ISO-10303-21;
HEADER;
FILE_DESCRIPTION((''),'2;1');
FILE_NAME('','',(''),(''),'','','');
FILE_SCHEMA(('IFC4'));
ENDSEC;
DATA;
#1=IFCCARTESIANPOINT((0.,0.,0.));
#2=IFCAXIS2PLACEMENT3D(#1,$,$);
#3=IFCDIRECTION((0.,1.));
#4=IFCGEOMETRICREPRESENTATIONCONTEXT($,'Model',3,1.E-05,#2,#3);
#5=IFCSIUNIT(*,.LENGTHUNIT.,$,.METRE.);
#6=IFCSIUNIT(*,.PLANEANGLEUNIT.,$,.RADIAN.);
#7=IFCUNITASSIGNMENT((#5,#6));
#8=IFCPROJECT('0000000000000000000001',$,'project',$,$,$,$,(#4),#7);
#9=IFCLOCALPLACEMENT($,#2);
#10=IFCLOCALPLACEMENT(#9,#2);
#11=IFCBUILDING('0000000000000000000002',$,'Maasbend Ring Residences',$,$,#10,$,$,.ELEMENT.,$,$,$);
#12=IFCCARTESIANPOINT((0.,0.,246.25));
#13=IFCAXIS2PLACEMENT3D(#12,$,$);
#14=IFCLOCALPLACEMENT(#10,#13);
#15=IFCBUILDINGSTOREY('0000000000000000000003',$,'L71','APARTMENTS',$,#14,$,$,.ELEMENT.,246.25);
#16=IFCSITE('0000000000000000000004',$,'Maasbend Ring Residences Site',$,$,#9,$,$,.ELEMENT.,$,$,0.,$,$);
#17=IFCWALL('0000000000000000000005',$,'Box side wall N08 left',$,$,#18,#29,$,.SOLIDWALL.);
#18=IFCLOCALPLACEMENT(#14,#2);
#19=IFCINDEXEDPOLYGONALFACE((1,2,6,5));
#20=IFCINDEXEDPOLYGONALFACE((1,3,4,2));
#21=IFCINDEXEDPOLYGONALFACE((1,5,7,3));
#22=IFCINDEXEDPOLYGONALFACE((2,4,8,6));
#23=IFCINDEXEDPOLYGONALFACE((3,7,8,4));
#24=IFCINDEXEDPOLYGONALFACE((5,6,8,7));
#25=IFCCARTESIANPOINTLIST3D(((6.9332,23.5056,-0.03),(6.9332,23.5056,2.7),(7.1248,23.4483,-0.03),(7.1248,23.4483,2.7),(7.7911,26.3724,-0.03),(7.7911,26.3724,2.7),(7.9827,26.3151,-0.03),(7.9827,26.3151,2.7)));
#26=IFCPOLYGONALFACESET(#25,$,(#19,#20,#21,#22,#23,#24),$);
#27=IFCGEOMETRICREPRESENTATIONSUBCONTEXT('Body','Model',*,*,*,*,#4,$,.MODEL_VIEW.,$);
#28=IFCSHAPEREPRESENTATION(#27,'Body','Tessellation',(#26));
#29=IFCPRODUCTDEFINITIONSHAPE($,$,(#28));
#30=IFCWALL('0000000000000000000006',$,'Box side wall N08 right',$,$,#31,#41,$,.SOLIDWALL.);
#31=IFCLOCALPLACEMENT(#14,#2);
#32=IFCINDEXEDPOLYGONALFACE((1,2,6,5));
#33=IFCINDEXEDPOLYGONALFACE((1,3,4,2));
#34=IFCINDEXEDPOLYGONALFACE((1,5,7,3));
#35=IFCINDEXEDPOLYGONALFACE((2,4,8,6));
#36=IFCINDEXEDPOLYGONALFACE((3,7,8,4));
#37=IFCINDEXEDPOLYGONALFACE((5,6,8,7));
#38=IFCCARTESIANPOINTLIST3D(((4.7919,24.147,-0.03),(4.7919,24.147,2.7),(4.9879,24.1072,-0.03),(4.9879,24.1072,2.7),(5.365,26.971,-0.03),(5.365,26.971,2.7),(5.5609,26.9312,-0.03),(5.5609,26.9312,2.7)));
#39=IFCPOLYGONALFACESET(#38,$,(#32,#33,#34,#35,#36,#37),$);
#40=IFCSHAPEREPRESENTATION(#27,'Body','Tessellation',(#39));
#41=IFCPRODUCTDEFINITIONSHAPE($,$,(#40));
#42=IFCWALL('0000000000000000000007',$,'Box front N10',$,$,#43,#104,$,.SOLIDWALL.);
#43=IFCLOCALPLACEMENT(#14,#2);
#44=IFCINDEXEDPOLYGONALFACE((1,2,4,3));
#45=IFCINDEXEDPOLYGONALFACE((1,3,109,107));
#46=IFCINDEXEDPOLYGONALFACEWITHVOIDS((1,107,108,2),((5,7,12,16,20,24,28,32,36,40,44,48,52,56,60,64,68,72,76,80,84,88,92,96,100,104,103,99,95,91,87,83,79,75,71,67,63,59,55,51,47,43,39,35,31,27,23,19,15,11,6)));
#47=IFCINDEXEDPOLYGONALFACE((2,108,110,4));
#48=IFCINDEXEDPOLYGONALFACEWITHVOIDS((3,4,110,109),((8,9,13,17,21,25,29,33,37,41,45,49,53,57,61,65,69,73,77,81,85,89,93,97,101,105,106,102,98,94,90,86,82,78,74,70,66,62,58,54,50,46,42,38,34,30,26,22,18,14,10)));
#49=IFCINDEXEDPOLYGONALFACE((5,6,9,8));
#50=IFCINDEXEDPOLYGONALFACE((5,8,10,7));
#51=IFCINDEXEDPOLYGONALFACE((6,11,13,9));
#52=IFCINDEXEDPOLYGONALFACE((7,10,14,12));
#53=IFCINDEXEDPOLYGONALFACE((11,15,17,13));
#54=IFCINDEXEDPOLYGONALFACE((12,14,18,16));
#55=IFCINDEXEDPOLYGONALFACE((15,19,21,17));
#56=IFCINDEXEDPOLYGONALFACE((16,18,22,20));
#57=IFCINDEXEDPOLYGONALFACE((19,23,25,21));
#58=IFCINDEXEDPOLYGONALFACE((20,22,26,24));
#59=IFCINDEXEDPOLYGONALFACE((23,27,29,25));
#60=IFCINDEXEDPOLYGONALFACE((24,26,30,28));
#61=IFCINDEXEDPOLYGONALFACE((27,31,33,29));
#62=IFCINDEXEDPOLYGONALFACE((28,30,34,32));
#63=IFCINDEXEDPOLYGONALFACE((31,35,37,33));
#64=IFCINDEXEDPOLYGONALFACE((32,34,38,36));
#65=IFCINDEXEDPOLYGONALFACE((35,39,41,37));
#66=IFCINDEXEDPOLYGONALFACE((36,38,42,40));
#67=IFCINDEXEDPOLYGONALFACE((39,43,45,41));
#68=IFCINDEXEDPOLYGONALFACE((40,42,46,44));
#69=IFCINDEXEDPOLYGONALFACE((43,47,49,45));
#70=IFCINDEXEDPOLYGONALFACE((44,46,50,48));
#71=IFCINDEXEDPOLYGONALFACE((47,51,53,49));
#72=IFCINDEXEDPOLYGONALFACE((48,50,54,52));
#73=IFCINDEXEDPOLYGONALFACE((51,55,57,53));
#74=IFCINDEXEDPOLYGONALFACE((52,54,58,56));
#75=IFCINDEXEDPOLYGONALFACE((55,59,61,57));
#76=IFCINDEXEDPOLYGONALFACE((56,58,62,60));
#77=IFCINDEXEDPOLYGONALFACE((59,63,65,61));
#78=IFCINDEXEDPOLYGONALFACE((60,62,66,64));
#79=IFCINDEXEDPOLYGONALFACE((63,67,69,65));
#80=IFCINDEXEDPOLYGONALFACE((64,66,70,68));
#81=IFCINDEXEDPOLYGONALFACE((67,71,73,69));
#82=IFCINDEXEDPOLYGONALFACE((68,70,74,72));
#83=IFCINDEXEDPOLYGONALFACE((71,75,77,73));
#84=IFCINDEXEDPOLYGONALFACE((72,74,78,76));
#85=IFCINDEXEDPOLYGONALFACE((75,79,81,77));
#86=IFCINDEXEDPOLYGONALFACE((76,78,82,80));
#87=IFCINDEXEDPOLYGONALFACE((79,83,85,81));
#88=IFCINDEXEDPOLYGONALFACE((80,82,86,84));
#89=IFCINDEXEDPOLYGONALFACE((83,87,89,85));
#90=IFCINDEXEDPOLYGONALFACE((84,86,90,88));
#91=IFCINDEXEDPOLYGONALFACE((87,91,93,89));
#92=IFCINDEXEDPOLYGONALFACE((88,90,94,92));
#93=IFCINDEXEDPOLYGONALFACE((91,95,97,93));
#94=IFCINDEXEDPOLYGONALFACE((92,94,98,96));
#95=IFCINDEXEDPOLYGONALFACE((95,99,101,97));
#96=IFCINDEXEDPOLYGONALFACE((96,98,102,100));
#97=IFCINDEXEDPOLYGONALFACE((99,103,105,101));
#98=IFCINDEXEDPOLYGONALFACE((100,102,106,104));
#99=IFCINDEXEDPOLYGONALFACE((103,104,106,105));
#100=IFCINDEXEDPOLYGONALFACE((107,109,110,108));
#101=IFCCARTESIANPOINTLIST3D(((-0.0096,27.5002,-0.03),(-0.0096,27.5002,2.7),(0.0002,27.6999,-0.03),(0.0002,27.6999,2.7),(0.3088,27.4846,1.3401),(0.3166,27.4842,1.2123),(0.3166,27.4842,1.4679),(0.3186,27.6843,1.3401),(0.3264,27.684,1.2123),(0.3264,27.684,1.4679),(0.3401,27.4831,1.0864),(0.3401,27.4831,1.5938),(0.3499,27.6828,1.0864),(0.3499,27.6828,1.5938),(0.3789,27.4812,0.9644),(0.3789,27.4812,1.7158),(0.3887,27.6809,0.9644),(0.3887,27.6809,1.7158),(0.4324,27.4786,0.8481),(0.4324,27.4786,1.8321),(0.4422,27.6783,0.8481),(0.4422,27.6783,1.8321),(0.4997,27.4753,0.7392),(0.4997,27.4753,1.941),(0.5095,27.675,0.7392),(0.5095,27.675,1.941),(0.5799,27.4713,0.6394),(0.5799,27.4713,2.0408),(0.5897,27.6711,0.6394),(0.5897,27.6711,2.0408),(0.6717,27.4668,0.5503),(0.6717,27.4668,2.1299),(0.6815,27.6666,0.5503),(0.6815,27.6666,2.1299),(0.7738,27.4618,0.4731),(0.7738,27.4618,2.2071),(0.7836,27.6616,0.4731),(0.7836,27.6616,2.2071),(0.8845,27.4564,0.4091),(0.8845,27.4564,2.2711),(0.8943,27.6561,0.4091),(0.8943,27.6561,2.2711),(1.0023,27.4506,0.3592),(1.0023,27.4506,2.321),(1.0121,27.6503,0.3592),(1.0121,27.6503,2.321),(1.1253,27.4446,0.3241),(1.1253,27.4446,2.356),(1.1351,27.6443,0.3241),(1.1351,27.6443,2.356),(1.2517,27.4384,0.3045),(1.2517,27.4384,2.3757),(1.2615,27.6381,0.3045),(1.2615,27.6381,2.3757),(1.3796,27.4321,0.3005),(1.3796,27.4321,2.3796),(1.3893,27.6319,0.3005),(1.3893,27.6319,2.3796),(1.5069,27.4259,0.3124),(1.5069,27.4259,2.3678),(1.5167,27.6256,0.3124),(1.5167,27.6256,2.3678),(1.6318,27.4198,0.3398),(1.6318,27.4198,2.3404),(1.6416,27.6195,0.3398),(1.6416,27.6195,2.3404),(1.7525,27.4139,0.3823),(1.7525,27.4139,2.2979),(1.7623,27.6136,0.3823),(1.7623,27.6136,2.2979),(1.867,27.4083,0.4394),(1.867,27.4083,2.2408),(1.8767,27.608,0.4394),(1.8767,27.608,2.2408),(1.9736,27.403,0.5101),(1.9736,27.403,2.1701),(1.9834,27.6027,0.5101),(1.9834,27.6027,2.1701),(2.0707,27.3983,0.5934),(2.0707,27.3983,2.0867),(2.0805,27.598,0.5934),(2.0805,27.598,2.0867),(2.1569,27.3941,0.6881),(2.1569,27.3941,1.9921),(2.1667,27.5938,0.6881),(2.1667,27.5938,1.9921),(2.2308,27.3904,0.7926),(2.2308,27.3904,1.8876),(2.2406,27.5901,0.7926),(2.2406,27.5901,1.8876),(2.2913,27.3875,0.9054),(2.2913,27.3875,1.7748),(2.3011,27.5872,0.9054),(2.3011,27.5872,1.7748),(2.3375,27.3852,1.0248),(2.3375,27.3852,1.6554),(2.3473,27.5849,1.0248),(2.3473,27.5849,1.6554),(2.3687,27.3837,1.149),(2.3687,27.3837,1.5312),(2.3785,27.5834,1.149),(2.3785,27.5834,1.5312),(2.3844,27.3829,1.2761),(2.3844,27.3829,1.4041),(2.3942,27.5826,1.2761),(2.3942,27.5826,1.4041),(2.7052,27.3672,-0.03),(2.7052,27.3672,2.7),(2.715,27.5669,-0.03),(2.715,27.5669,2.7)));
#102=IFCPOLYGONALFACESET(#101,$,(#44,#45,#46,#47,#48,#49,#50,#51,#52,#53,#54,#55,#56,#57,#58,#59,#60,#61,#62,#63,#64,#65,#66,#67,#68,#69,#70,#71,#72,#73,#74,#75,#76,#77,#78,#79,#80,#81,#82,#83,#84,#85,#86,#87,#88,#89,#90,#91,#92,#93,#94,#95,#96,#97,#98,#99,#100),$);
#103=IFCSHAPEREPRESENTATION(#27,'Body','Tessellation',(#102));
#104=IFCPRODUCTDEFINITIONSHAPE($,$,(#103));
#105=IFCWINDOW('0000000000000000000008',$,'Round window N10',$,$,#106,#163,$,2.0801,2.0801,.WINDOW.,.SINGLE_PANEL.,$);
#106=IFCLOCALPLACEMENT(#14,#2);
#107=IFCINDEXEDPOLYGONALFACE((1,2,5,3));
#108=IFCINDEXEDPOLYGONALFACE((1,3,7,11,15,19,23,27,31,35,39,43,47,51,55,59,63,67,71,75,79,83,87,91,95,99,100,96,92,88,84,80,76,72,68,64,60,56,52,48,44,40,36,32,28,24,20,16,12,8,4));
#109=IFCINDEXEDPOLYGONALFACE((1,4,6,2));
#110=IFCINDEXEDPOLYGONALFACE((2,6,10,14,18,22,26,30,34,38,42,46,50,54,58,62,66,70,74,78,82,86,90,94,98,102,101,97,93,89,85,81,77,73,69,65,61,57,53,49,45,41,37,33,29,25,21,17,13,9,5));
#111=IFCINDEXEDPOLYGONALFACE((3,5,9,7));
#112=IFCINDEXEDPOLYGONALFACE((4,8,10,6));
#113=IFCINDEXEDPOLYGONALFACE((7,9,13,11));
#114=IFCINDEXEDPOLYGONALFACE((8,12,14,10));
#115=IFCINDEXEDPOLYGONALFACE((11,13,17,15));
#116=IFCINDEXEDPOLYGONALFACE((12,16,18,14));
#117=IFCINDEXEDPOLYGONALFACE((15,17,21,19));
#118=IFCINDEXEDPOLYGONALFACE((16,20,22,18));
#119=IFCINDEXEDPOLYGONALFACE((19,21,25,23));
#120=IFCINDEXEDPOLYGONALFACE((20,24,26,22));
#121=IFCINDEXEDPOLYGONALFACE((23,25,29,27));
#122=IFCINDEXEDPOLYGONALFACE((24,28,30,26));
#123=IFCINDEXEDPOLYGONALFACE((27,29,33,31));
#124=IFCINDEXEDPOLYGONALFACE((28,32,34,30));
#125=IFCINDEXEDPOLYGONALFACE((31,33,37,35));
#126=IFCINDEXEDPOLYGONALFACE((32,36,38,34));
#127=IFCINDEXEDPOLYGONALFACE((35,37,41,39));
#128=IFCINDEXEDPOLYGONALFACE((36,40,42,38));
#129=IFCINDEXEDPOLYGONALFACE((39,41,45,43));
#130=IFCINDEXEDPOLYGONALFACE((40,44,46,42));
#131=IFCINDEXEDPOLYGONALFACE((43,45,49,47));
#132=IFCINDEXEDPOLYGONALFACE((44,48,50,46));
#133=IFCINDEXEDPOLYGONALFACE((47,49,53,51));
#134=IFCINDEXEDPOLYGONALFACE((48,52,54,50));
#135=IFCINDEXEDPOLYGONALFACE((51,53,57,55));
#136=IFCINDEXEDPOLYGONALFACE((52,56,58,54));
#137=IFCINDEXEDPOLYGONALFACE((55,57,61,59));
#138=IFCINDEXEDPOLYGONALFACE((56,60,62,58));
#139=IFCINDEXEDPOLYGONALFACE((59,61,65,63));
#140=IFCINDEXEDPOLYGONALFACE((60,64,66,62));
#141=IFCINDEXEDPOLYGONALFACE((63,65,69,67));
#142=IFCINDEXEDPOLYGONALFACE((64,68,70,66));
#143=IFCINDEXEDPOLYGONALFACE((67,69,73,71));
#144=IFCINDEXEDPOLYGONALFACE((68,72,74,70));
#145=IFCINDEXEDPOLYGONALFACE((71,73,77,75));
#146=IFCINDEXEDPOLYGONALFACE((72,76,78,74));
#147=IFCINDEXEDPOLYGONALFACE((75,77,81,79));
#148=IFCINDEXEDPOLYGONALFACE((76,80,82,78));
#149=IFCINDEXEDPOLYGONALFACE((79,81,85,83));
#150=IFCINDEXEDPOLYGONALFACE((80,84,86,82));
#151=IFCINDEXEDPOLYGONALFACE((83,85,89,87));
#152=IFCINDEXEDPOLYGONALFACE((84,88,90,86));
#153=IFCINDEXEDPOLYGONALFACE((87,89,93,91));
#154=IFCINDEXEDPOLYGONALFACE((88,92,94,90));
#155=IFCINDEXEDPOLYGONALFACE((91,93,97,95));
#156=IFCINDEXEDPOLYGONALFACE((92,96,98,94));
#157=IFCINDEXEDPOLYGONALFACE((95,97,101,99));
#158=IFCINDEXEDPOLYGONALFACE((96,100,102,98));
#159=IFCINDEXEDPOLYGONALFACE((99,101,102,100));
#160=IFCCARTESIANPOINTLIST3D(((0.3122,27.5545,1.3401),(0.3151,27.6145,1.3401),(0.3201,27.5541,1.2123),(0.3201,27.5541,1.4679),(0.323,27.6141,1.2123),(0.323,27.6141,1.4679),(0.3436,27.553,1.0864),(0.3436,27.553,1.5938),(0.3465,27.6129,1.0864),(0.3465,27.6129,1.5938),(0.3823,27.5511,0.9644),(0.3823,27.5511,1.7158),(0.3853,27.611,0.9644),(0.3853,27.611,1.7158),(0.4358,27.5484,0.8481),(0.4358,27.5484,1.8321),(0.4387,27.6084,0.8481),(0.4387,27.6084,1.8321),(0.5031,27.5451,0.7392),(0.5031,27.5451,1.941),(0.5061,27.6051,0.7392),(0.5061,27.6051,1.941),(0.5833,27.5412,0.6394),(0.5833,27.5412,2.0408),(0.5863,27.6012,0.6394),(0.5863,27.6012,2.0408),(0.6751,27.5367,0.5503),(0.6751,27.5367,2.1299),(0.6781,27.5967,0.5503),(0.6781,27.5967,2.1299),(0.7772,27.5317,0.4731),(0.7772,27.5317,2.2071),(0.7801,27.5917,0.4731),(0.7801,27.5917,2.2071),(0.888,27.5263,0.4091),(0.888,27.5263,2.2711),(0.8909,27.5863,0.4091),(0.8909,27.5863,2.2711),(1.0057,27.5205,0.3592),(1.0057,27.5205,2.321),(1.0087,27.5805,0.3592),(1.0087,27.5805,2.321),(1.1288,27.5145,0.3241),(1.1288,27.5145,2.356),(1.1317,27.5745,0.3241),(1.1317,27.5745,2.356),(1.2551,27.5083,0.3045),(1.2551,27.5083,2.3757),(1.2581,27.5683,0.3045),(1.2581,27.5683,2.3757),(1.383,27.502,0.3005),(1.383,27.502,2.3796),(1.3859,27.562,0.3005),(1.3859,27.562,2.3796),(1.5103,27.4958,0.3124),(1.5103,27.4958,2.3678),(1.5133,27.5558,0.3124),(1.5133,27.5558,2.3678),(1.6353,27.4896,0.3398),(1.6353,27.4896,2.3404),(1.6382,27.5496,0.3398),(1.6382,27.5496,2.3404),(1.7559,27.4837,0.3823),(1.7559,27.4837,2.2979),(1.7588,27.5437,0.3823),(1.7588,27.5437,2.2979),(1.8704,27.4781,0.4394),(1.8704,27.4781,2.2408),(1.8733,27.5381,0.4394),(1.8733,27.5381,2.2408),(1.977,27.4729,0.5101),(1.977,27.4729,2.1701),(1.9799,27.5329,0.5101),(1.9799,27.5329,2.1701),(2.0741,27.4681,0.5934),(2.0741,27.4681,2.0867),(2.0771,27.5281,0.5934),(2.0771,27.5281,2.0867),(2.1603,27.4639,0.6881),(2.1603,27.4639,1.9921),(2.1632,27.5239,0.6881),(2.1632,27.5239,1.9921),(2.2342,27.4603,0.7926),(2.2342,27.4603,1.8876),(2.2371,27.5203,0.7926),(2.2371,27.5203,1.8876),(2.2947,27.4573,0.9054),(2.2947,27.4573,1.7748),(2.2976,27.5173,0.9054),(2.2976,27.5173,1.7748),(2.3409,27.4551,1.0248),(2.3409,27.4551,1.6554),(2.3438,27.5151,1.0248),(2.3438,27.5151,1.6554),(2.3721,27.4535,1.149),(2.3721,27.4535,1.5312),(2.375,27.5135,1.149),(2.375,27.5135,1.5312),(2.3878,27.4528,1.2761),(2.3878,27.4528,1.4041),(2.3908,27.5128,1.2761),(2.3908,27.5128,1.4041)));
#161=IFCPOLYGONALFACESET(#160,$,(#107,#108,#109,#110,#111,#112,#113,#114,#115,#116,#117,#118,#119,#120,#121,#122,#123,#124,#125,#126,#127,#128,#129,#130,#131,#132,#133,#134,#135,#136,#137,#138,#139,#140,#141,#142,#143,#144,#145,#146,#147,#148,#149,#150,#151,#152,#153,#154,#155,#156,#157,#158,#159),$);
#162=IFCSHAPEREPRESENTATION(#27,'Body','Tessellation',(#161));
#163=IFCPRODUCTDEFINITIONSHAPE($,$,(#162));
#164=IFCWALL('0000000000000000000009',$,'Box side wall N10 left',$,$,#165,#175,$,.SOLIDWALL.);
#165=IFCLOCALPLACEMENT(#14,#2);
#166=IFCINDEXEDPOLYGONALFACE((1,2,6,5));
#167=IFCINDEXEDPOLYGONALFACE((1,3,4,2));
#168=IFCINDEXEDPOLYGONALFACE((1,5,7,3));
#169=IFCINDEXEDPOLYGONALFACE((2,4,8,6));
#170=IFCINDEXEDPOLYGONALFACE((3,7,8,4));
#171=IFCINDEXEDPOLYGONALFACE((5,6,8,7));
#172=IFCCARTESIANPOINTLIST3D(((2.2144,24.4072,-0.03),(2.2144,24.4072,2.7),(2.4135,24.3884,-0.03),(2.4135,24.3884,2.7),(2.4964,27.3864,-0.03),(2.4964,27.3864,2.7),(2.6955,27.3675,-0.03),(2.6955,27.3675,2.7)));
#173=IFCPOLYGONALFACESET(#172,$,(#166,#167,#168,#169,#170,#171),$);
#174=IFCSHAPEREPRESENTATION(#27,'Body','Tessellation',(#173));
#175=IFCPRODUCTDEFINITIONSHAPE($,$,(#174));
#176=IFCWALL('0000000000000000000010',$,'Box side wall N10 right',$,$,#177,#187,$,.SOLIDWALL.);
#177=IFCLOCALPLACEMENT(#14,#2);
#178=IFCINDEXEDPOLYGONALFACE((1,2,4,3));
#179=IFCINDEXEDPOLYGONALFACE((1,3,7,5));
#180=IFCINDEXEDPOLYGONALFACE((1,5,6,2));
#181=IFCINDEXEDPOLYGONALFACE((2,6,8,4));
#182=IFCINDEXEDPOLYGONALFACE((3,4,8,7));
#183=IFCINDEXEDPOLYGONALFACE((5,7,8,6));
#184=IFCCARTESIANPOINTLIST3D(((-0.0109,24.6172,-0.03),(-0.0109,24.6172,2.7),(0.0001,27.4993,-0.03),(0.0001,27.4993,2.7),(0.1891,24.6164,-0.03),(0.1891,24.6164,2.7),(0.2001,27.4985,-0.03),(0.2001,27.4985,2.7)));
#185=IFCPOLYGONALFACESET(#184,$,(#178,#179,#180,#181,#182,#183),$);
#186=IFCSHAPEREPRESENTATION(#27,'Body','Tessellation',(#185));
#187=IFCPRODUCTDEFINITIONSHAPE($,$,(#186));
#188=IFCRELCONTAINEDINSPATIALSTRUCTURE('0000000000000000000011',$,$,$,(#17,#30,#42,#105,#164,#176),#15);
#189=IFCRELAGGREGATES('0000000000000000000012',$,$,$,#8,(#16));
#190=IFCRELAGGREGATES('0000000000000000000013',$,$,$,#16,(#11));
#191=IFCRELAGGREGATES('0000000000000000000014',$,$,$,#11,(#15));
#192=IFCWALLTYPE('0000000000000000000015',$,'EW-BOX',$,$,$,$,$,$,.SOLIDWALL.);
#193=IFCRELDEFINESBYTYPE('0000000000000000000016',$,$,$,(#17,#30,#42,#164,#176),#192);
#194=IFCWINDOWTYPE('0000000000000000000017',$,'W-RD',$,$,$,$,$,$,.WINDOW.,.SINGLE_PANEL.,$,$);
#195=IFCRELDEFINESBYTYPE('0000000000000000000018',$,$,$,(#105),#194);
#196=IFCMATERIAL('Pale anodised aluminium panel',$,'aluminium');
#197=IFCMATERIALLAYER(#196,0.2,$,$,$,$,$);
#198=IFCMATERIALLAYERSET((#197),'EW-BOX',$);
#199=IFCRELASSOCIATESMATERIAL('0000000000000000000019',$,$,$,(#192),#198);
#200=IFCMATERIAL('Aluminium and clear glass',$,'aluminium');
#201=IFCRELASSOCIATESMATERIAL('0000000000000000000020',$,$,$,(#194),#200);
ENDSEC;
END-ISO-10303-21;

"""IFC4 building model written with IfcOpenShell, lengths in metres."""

from ifc_helpers import new_model, si_unit, direction, frame, frame_2d, origin, place, context, subcontext, project, spatial, rectangle, circle, extrude, material, layer, layer_set, type_object, element, fill, save


model = new_model("IFC4")

# Units and contexts
model_context = context("Model", 3, precision=1e-05, world=origin(), true_north=direction((0.0, 1.0)))
body_context = subcontext(model_context, "Body", "Model", "MODEL_VIEW")
ifc_project = project(units=[si_unit("LENGTHUNIT", "METRE"), si_unit("PLANEANGLEUNIT", "RADIAN")], contexts=[model_context])

# Site, building, storey
site_placement = place(None, origin())
site = spatial("IfcSite", under=ifc_project, at=site_placement, Name="Maasbend Ring Residences Site", CompositionType="ELEMENT", RefElevation=0.0)
building_placement = place(site_placement, origin())
building = spatial("IfcBuilding", under=site, at=building_placement, Name="Maasbend Ring Residences", CompositionType="ELEMENT")
storey_placement = place(building_placement, frame((0.0, 0.0, 246.25)))
storey = spatial("IfcBuildingStorey", under=building, at=storey_placement, Name="L71", Description="APARTMENTS", CompositionType="ELEMENT", Elevation=246.25)

# Shared definitions
ifc_material_1 = material(Name="Pale anodised aluminium panel", Category="aluminium")
ifc_layer_1 = layer(ifc_material_1, 0.2)
ifc_layer_set_1 = layer_set([ifc_layer_1], Name="EW-BOX")
wall_type_1 = type_object("IfcWallType", Name="EW-BOX", PredefinedType="SOLIDWALL", material=ifc_layer_set_1)

# Shared definitions
ifc_material_2 = material(Name="Aluminium and clear glass", Category="aluminium")
window_type_1 = type_object("IfcWindowType", Name="W-RD", PartitioningType="SINGLE_PANEL", PredefinedType="WINDOW", material=ifc_material_2)

# Walls
wall_1_placement = place(storey_placement, frame((7.0291, 23.4771, -0.03), z_axis=(0.0, 0.0, 1.0), x_axis=(0.286682, 0.958026, 0.0)))
element("IfcWall", 1, at=wall_1_placement, inside=storey, type_object=wall_type_1, Name="Box side wall N08 left", PredefinedType="SOLIDWALL", context=body_context, shape_type="SweptSolid", body=[
    extrude(rectangle(XDim=2.9924, YDim=0.2, at=frame_2d((1.4961, 0.0))), origin(), (0.0, 0.0, 1.0), 2.73),
])
wall_2_placement = place(storey_placement, frame((4.8899, 24.127, -0.03), z_axis=(0.0, 0.0, 1.0), x_axis=(0.198853, 0.980029, 0.0)))
element("IfcWall", 2, at=wall_2_placement, inside=storey, type_object=wall_type_1, Name="Box side wall N08 right", PredefinedType="SOLIDWALL", context=body_context, shape_type="SweptSolid", body=[
    extrude(rectangle(XDim=2.8816, YDim=0.2, at=frame_2d((1.4409, 0.0))), origin(), (0.0, 0.0, 1.0), 2.73),
])

# Wall, opening, window
wall_3_placement = place(storey_placement, frame((2.71, 27.467, -0.03), z_axis=(0.0, 0.0, 1.0), x_axis=(-0.998801, 0.048952, 0.0)))
wall_3 = element("IfcWall", 3, at=wall_3_placement, inside=storey, type_object=wall_type_1, Name="Box front N10", PredefinedType="SOLIDWALL", context=body_context, shape_type="SweptSolid", body=[
    extrude(rectangle(XDim=2.718, YDim=0.2, at=frame_2d((1.3589, 0.0))), origin(), (0.0, 0.0, 1.0), 2.73),
])
opening_1_placement = place(wall_3_placement, frame((0.3191, 0.0, 0.3301)))
opening_1 = element("IfcOpeningElement", 4, at=opening_1_placement, cuts=wall_3, PredefinedType="OPENING", context=body_context, shape_type="SweptSolid", body=[
    extrude(circle(Radius=1.04, at=frame_2d((1.04, 1.04))), frame((0.0, 0.1099, 0.0), z_axis=(0.0, -1.0, 0.0), x_axis=(1.0, 0.0, 0.0)), (0.0, 0.0, 1.0), 0.22),
])
window_1_placement = place(opening_1_placement, origin())
window_1 = element("IfcWindow", 5, at=window_1_placement, inside=storey, type_object=window_type_1, Name="Round window N10", OverallHeight=2.0801, OverallWidth=2.0801, PartitioningType="SINGLE_PANEL", PredefinedType="WINDOW", context=body_context, shape_type="SweptSolid", body=[
    extrude(circle(Radius=1.04, at=frame_2d((1.04, 1.04))), frame((0.0, 0.03, 0.0), z_axis=(0.0, -1.0, 0.0), x_axis=(1.0, 0.0, 0.0)), (0.0, 0.0, 1.0), 0.0601),
])
fill(opening_1, window_1)

# Walls
wall_4_placement = place(storey_placement, frame((2.314, 24.3979, -0.03), z_axis=(0.0, 0.0, 1.0), x_axis=(0.094235, 0.99555, 0.0)))
element("IfcWall", 6, at=wall_4_placement, inside=storey, type_object=wall_type_1, Name="Box side wall N10 left", PredefinedType="SOLIDWALL", context=body_context, shape_type="SweptSolid", body=[
    extrude(rectangle(XDim=2.9924, YDim=0.2, at=frame_2d((1.4961, 0.0))), origin(), (0.0, 0.0, 1.0), 2.73),
])
wall_5_placement = place(storey_placement, frame((0.0891, 24.6169, -0.03), z_axis=(0.0, 0.0, 1.0), x_axis=(0.003812, 0.999993, 0.0)))
element("IfcWall", 7, at=wall_5_placement, inside=storey, type_object=wall_type_1, Name="Box side wall N10 right", PredefinedType="SOLIDWALL", context=body_context, shape_type="SweptSolid", body=[
    extrude(rectangle(XDim=2.8821, YDim=0.2, at=frame_2d((1.4409, 0.0))), origin(), (0.0, 0.0, 1.0), 2.73),
])

save(model, "model.ifc")
